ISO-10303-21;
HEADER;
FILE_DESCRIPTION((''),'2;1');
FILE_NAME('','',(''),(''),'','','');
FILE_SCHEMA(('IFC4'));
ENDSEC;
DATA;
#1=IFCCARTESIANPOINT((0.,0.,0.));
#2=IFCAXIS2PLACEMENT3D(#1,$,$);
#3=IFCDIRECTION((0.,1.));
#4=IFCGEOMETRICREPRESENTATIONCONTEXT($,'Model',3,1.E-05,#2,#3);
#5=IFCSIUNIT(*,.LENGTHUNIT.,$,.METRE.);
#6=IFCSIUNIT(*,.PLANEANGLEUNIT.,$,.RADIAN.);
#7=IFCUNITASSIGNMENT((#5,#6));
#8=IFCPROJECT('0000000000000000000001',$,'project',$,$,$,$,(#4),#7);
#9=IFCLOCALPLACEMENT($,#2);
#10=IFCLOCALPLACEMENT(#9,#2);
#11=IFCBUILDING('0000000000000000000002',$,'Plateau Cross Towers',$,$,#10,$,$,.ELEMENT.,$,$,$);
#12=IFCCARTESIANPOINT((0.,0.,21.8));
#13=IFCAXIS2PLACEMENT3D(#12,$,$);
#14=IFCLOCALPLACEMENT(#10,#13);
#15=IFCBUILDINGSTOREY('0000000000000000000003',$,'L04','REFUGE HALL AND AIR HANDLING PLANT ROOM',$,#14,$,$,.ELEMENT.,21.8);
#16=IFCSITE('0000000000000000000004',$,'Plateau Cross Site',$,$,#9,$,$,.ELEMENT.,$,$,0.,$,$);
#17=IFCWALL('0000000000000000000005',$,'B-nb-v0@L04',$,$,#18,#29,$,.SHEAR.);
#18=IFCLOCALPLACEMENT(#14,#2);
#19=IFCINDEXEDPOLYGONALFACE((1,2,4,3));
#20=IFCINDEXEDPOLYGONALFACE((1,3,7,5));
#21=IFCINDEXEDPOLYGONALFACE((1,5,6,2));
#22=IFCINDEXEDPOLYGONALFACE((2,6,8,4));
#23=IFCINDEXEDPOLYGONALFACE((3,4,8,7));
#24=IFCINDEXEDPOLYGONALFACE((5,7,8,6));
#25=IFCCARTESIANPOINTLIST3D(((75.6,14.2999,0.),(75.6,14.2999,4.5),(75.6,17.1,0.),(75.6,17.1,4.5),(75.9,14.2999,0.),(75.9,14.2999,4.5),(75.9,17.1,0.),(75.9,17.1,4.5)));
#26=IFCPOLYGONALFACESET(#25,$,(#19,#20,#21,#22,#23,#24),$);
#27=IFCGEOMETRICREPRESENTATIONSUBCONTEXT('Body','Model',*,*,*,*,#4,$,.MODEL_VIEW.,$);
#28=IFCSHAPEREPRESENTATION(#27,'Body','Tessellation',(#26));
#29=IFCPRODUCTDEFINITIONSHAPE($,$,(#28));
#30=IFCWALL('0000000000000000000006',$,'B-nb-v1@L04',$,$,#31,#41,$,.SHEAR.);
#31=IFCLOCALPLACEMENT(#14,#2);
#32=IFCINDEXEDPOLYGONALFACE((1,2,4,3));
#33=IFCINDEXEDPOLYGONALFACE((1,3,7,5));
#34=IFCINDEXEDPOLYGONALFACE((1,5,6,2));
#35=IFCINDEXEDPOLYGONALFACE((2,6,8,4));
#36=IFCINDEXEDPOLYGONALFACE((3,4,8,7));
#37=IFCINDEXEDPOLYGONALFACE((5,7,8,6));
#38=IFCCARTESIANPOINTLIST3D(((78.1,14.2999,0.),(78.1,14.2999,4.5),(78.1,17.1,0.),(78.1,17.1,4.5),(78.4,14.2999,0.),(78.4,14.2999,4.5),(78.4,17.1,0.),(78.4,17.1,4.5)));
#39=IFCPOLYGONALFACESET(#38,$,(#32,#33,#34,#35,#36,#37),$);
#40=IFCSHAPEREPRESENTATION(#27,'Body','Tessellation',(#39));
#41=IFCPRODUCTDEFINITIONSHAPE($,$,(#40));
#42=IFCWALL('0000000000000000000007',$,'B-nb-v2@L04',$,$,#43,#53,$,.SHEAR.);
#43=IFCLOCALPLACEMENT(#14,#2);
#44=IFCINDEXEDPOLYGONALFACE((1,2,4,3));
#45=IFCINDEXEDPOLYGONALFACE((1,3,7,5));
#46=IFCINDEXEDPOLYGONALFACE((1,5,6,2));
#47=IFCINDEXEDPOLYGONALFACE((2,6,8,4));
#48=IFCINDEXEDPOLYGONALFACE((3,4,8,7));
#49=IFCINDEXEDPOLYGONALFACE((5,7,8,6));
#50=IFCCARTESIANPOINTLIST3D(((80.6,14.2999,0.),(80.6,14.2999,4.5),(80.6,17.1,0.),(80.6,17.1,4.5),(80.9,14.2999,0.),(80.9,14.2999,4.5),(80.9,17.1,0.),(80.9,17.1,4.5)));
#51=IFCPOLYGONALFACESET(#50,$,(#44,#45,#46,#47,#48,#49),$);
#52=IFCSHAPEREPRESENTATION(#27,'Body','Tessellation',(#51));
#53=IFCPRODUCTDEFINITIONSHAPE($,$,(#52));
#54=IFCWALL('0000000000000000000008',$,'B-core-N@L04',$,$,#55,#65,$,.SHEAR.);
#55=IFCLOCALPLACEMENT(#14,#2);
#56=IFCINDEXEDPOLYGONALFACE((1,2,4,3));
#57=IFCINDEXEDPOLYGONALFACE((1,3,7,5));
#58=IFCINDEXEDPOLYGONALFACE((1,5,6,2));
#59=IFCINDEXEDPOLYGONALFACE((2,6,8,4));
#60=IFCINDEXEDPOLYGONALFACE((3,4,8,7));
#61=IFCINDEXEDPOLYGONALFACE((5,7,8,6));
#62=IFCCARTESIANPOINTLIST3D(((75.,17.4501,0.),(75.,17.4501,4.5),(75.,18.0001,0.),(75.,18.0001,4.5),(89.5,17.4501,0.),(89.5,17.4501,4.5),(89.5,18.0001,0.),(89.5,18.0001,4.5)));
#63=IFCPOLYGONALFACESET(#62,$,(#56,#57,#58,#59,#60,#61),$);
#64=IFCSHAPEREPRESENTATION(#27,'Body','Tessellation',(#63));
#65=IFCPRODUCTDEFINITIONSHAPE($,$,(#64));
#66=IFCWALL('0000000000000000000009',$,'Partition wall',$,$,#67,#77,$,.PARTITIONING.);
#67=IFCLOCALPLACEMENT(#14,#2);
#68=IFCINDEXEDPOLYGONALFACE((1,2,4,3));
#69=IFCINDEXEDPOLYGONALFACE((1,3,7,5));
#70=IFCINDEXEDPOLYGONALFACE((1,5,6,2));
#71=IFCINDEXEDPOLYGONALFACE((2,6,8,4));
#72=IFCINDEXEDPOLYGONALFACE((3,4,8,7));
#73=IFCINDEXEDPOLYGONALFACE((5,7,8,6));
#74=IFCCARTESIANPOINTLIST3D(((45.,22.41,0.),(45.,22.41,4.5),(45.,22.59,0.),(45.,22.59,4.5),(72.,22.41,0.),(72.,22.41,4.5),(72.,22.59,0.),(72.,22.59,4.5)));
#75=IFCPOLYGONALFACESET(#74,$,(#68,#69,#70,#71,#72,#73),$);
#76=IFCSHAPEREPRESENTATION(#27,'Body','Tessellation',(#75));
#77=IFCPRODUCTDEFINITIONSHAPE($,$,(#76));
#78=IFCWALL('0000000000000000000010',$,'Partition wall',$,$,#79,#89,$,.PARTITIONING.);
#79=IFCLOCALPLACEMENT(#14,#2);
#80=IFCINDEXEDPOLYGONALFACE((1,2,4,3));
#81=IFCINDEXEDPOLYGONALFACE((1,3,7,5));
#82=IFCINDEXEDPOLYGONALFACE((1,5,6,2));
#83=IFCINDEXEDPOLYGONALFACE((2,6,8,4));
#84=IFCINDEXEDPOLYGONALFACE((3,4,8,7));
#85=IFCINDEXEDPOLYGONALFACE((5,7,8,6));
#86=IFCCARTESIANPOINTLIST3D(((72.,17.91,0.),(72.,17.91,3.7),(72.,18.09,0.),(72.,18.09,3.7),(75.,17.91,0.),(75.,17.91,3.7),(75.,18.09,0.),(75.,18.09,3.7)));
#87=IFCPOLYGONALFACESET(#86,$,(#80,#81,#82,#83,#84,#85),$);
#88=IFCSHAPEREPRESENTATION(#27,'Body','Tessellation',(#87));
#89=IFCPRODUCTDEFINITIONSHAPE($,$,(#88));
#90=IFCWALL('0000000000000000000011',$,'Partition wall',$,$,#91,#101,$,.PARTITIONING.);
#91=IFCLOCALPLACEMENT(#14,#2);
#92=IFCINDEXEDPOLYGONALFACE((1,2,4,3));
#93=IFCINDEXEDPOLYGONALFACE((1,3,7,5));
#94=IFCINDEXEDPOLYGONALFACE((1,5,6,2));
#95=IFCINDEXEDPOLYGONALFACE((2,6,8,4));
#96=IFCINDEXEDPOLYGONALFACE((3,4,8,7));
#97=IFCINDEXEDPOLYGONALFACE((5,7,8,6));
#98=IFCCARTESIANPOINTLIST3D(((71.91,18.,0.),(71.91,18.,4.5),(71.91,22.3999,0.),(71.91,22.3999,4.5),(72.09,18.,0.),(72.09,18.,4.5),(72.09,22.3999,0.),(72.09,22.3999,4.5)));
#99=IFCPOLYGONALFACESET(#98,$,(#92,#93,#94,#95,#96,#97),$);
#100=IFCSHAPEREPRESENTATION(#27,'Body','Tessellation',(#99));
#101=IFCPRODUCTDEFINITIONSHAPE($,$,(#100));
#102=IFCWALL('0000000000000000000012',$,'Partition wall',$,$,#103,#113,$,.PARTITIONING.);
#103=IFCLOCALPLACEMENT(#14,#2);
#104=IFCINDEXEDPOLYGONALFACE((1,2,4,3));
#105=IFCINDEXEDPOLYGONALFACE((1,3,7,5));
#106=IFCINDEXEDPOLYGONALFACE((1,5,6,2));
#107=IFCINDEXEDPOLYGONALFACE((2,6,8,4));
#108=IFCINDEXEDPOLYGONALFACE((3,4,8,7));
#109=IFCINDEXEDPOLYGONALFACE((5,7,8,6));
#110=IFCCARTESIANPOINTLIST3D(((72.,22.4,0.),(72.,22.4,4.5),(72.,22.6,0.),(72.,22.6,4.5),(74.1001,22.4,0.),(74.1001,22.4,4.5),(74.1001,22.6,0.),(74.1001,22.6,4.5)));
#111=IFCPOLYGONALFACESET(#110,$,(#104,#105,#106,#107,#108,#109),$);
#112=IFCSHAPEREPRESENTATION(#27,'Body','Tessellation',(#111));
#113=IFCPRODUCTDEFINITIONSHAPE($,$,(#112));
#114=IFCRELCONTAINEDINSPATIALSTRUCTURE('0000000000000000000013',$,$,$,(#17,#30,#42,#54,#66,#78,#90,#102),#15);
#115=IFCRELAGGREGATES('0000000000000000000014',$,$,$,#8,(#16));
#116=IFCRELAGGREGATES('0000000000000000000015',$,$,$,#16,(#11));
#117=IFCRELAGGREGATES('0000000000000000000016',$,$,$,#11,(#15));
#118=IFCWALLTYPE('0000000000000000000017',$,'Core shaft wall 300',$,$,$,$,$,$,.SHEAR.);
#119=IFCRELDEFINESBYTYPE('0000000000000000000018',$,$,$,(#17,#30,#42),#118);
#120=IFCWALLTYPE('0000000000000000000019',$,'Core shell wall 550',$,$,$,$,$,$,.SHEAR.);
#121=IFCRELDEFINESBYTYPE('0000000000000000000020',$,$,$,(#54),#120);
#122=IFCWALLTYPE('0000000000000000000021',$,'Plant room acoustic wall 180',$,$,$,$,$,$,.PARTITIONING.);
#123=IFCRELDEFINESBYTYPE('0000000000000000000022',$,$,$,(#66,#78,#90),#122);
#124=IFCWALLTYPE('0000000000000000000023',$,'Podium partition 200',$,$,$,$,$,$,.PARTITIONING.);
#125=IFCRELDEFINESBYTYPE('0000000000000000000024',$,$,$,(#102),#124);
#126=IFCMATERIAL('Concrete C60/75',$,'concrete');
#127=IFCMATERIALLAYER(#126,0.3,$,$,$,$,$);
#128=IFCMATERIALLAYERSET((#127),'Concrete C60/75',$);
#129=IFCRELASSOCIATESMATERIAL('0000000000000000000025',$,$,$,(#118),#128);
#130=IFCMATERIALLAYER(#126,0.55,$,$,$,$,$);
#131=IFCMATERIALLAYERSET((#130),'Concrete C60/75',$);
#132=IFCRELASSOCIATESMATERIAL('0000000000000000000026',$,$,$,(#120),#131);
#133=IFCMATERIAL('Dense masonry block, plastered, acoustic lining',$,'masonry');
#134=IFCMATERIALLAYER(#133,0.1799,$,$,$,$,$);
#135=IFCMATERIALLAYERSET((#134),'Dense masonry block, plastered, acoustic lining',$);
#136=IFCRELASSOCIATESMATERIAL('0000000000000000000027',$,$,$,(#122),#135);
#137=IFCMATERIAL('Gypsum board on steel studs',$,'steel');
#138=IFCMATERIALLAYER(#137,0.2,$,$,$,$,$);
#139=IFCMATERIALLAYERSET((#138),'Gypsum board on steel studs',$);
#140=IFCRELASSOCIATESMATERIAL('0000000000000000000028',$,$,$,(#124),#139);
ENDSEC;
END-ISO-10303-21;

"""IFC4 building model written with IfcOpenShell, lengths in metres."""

from ifc_helpers import new_model, si_unit, direction, frame, frame_2d, origin, place, context, subcontext, project, spatial, rectangle, extrude, material, layer, layer_set, type_object, element, save


model = new_model("IFC4")

# Units and contexts
model_context = context("Model", 3, precision=1e-05, world=origin(), true_north=direction((0.0, 1.0)))
body_context = subcontext(model_context, "Body", "Model", "MODEL_VIEW")
ifc_project = project(units=[si_unit("LENGTHUNIT", "METRE"), si_unit("PLANEANGLEUNIT", "RADIAN")], contexts=[model_context])

# Site, building, storey
site_placement = place(None, origin())
site = spatial("IfcSite", under=ifc_project, at=site_placement, Name="Plateau Cross Site", CompositionType="ELEMENT", RefElevation=0.0)
building_placement = place(site_placement, origin())
building = spatial("IfcBuilding", under=site, at=building_placement, Name="Plateau Cross Towers", CompositionType="ELEMENT")
storey_placement = place(building_placement, frame((0.0, 0.0, 21.8)))
storey = spatial("IfcBuildingStorey", under=building, at=storey_placement, Name="L04", Description="REFUGE HALL AND AIR HANDLING PLANT ROOM", CompositionType="ELEMENT", Elevation=21.8)

# Shared definitions
ifc_material_1 = material(Name="Concrete C60/75", Category="concrete")

# Shared definitions
ifc_layer_1 = layer(ifc_material_1, 0.3)
ifc_layer_set_1 = layer_set([ifc_layer_1], Name="Concrete C60/75")
wall_type_1 = type_object("IfcWallType", Name="Core shaft wall 300", PredefinedType="SHEAR", material=ifc_layer_set_1)

# Walls
for number, where, z_axis, x_axis, name in (
    (1, (75.75, 14.3, 0.0), (0.0, 0.0, 1.0), (0.0, 1.0, 0.0), "B-nb-v0@L04"),
    (2, (78.25, 14.3, 0.0), (0.0, 0.0, 1.0), (0.0, 1.0, 0.0), "B-nb-v1@L04"),
    (3, (80.75, 14.3, 0.0), (0.0, 0.0, 1.0), (0.0, 1.0, 0.0), "B-nb-v2@L04"),
):
    element("IfcWall", number, at=place(storey_placement, frame(where, z_axis=z_axis, x_axis=x_axis)), inside=storey, type_object=wall_type_1, Name=name, PredefinedType="SHEAR", context=body_context, shape_type="SweptSolid", body=[
        extrude(rectangle(XDim=2.8, YDim=0.3, at=frame_2d((1.3999, 0.0))), origin(), (0.0, 0.0, 1.0), 4.5),
    ])
ifc_layer_2 = layer(ifc_material_1, 0.55)
ifc_layer_set_2 = layer_set([ifc_layer_2], Name="Concrete C60/75")
wall_type_2 = type_object("IfcWallType", Name="Core shell wall 550", PredefinedType="SHEAR", material=ifc_layer_set_2)
wall_1_placement = place(storey_placement, frame((75.0, 17.7251, 0.0), z_axis=(0.0, 0.0, 1.0), x_axis=(1.0, 0.0, 0.0)))
element("IfcWall", 4, at=wall_1_placement, inside=storey, type_object=wall_type_2, Name="B-core-N@L04", PredefinedType="SHEAR", context=body_context, shape_type="SweptSolid", body=[
    extrude(rectangle(XDim=14.5, YDim=0.55, at=frame_2d((7.25, 0.0))), origin(), (0.0, 0.0, 1.0), 4.5),
])
ifc_material_2 = material(Name="Dense masonry block, plastered, acoustic lining", Category="masonry")
ifc_layer_3 = layer(ifc_material_2, 0.1799)
ifc_layer_set_3 = layer_set([ifc_layer_3], Name="Dense masonry block, plastered, acoustic lining")
wall_type_3 = type_object("IfcWallType", Name="Plant room acoustic wall 180", PredefinedType="PARTITIONING", material=ifc_layer_set_3)
wall_2_placement = place(storey_placement, frame((72.0, 22.5, 0.0), z_axis=(0.0, 0.0, 1.0), x_axis=(-1.0, 0.0, 0.0)))
element("IfcWall", 5, at=wall_2_placement, inside=storey, type_object=wall_type_3, Name="Partition wall", PredefinedType="PARTITIONING", context=body_context, shape_type="SweptSolid", body=[
    extrude(rectangle(XDim=27.0, YDim=0.1799, at=frame_2d((13.5, 0.0))), origin(), (0.0, 0.0, 1.0), 4.5),
])
wall_3_placement = place(storey_placement, frame((75.0, 18.0, 0.0), z_axis=(0.0, 0.0, 1.0), x_axis=(-1.0, 0.0, 0.0)))
element("IfcWall", 6, at=wall_3_placement, inside=storey, type_object=wall_type_3, Name="Partition wall", PredefinedType="PARTITIONING", context=body_context, shape_type="SweptSolid", body=[
    extrude(rectangle(XDim=3.0, YDim=0.1799, at=frame_2d((1.5, 0.0))), origin(), (0.0, 0.0, 1.0), 3.7),
])
wall_4_placement = place(storey_placement, frame((72.0, 18.0, 0.0), z_axis=(0.0, 0.0, 1.0), x_axis=(0.0, 1.0, 0.0)))
element("IfcWall", 7, at=wall_4_placement, inside=storey, type_object=wall_type_3, Name="Partition wall", PredefinedType="PARTITIONING", context=body_context, shape_type="SweptSolid", body=[
    extrude(rectangle(XDim=4.3999, YDim=0.1799, at=frame_2d((2.2, 0.0))), origin(), (0.0, 0.0, 1.0), 4.5),
])
ifc_material_3 = material(Name="Gypsum board on steel studs", Category="steel")
ifc_layer_4 = layer(ifc_material_3, 0.2)
ifc_layer_set_4 = layer_set([ifc_layer_4], Name="Gypsum board on steel studs")
wall_type_4 = type_object("IfcWallType", Name="Podium partition 200", PredefinedType="PARTITIONING", material=ifc_layer_set_4)
wall_5_placement = place(storey_placement, frame((74.1001, 22.5, 0.0), z_axis=(0.0, 0.0, 1.0), x_axis=(-1.0, 0.0, 0.0)))
element("IfcWall", 8, at=wall_5_placement, inside=storey, type_object=wall_type_4, Name="Partition wall", PredefinedType="PARTITIONING", context=body_context, shape_type="SweptSolid", body=[
    extrude(rectangle(XDim=2.1001, YDim=0.2, at=frame_2d((1.05, 0.0))), origin(), (0.0, 0.0, 1.0), 4.5),
])

save(model, "model.ifc")
